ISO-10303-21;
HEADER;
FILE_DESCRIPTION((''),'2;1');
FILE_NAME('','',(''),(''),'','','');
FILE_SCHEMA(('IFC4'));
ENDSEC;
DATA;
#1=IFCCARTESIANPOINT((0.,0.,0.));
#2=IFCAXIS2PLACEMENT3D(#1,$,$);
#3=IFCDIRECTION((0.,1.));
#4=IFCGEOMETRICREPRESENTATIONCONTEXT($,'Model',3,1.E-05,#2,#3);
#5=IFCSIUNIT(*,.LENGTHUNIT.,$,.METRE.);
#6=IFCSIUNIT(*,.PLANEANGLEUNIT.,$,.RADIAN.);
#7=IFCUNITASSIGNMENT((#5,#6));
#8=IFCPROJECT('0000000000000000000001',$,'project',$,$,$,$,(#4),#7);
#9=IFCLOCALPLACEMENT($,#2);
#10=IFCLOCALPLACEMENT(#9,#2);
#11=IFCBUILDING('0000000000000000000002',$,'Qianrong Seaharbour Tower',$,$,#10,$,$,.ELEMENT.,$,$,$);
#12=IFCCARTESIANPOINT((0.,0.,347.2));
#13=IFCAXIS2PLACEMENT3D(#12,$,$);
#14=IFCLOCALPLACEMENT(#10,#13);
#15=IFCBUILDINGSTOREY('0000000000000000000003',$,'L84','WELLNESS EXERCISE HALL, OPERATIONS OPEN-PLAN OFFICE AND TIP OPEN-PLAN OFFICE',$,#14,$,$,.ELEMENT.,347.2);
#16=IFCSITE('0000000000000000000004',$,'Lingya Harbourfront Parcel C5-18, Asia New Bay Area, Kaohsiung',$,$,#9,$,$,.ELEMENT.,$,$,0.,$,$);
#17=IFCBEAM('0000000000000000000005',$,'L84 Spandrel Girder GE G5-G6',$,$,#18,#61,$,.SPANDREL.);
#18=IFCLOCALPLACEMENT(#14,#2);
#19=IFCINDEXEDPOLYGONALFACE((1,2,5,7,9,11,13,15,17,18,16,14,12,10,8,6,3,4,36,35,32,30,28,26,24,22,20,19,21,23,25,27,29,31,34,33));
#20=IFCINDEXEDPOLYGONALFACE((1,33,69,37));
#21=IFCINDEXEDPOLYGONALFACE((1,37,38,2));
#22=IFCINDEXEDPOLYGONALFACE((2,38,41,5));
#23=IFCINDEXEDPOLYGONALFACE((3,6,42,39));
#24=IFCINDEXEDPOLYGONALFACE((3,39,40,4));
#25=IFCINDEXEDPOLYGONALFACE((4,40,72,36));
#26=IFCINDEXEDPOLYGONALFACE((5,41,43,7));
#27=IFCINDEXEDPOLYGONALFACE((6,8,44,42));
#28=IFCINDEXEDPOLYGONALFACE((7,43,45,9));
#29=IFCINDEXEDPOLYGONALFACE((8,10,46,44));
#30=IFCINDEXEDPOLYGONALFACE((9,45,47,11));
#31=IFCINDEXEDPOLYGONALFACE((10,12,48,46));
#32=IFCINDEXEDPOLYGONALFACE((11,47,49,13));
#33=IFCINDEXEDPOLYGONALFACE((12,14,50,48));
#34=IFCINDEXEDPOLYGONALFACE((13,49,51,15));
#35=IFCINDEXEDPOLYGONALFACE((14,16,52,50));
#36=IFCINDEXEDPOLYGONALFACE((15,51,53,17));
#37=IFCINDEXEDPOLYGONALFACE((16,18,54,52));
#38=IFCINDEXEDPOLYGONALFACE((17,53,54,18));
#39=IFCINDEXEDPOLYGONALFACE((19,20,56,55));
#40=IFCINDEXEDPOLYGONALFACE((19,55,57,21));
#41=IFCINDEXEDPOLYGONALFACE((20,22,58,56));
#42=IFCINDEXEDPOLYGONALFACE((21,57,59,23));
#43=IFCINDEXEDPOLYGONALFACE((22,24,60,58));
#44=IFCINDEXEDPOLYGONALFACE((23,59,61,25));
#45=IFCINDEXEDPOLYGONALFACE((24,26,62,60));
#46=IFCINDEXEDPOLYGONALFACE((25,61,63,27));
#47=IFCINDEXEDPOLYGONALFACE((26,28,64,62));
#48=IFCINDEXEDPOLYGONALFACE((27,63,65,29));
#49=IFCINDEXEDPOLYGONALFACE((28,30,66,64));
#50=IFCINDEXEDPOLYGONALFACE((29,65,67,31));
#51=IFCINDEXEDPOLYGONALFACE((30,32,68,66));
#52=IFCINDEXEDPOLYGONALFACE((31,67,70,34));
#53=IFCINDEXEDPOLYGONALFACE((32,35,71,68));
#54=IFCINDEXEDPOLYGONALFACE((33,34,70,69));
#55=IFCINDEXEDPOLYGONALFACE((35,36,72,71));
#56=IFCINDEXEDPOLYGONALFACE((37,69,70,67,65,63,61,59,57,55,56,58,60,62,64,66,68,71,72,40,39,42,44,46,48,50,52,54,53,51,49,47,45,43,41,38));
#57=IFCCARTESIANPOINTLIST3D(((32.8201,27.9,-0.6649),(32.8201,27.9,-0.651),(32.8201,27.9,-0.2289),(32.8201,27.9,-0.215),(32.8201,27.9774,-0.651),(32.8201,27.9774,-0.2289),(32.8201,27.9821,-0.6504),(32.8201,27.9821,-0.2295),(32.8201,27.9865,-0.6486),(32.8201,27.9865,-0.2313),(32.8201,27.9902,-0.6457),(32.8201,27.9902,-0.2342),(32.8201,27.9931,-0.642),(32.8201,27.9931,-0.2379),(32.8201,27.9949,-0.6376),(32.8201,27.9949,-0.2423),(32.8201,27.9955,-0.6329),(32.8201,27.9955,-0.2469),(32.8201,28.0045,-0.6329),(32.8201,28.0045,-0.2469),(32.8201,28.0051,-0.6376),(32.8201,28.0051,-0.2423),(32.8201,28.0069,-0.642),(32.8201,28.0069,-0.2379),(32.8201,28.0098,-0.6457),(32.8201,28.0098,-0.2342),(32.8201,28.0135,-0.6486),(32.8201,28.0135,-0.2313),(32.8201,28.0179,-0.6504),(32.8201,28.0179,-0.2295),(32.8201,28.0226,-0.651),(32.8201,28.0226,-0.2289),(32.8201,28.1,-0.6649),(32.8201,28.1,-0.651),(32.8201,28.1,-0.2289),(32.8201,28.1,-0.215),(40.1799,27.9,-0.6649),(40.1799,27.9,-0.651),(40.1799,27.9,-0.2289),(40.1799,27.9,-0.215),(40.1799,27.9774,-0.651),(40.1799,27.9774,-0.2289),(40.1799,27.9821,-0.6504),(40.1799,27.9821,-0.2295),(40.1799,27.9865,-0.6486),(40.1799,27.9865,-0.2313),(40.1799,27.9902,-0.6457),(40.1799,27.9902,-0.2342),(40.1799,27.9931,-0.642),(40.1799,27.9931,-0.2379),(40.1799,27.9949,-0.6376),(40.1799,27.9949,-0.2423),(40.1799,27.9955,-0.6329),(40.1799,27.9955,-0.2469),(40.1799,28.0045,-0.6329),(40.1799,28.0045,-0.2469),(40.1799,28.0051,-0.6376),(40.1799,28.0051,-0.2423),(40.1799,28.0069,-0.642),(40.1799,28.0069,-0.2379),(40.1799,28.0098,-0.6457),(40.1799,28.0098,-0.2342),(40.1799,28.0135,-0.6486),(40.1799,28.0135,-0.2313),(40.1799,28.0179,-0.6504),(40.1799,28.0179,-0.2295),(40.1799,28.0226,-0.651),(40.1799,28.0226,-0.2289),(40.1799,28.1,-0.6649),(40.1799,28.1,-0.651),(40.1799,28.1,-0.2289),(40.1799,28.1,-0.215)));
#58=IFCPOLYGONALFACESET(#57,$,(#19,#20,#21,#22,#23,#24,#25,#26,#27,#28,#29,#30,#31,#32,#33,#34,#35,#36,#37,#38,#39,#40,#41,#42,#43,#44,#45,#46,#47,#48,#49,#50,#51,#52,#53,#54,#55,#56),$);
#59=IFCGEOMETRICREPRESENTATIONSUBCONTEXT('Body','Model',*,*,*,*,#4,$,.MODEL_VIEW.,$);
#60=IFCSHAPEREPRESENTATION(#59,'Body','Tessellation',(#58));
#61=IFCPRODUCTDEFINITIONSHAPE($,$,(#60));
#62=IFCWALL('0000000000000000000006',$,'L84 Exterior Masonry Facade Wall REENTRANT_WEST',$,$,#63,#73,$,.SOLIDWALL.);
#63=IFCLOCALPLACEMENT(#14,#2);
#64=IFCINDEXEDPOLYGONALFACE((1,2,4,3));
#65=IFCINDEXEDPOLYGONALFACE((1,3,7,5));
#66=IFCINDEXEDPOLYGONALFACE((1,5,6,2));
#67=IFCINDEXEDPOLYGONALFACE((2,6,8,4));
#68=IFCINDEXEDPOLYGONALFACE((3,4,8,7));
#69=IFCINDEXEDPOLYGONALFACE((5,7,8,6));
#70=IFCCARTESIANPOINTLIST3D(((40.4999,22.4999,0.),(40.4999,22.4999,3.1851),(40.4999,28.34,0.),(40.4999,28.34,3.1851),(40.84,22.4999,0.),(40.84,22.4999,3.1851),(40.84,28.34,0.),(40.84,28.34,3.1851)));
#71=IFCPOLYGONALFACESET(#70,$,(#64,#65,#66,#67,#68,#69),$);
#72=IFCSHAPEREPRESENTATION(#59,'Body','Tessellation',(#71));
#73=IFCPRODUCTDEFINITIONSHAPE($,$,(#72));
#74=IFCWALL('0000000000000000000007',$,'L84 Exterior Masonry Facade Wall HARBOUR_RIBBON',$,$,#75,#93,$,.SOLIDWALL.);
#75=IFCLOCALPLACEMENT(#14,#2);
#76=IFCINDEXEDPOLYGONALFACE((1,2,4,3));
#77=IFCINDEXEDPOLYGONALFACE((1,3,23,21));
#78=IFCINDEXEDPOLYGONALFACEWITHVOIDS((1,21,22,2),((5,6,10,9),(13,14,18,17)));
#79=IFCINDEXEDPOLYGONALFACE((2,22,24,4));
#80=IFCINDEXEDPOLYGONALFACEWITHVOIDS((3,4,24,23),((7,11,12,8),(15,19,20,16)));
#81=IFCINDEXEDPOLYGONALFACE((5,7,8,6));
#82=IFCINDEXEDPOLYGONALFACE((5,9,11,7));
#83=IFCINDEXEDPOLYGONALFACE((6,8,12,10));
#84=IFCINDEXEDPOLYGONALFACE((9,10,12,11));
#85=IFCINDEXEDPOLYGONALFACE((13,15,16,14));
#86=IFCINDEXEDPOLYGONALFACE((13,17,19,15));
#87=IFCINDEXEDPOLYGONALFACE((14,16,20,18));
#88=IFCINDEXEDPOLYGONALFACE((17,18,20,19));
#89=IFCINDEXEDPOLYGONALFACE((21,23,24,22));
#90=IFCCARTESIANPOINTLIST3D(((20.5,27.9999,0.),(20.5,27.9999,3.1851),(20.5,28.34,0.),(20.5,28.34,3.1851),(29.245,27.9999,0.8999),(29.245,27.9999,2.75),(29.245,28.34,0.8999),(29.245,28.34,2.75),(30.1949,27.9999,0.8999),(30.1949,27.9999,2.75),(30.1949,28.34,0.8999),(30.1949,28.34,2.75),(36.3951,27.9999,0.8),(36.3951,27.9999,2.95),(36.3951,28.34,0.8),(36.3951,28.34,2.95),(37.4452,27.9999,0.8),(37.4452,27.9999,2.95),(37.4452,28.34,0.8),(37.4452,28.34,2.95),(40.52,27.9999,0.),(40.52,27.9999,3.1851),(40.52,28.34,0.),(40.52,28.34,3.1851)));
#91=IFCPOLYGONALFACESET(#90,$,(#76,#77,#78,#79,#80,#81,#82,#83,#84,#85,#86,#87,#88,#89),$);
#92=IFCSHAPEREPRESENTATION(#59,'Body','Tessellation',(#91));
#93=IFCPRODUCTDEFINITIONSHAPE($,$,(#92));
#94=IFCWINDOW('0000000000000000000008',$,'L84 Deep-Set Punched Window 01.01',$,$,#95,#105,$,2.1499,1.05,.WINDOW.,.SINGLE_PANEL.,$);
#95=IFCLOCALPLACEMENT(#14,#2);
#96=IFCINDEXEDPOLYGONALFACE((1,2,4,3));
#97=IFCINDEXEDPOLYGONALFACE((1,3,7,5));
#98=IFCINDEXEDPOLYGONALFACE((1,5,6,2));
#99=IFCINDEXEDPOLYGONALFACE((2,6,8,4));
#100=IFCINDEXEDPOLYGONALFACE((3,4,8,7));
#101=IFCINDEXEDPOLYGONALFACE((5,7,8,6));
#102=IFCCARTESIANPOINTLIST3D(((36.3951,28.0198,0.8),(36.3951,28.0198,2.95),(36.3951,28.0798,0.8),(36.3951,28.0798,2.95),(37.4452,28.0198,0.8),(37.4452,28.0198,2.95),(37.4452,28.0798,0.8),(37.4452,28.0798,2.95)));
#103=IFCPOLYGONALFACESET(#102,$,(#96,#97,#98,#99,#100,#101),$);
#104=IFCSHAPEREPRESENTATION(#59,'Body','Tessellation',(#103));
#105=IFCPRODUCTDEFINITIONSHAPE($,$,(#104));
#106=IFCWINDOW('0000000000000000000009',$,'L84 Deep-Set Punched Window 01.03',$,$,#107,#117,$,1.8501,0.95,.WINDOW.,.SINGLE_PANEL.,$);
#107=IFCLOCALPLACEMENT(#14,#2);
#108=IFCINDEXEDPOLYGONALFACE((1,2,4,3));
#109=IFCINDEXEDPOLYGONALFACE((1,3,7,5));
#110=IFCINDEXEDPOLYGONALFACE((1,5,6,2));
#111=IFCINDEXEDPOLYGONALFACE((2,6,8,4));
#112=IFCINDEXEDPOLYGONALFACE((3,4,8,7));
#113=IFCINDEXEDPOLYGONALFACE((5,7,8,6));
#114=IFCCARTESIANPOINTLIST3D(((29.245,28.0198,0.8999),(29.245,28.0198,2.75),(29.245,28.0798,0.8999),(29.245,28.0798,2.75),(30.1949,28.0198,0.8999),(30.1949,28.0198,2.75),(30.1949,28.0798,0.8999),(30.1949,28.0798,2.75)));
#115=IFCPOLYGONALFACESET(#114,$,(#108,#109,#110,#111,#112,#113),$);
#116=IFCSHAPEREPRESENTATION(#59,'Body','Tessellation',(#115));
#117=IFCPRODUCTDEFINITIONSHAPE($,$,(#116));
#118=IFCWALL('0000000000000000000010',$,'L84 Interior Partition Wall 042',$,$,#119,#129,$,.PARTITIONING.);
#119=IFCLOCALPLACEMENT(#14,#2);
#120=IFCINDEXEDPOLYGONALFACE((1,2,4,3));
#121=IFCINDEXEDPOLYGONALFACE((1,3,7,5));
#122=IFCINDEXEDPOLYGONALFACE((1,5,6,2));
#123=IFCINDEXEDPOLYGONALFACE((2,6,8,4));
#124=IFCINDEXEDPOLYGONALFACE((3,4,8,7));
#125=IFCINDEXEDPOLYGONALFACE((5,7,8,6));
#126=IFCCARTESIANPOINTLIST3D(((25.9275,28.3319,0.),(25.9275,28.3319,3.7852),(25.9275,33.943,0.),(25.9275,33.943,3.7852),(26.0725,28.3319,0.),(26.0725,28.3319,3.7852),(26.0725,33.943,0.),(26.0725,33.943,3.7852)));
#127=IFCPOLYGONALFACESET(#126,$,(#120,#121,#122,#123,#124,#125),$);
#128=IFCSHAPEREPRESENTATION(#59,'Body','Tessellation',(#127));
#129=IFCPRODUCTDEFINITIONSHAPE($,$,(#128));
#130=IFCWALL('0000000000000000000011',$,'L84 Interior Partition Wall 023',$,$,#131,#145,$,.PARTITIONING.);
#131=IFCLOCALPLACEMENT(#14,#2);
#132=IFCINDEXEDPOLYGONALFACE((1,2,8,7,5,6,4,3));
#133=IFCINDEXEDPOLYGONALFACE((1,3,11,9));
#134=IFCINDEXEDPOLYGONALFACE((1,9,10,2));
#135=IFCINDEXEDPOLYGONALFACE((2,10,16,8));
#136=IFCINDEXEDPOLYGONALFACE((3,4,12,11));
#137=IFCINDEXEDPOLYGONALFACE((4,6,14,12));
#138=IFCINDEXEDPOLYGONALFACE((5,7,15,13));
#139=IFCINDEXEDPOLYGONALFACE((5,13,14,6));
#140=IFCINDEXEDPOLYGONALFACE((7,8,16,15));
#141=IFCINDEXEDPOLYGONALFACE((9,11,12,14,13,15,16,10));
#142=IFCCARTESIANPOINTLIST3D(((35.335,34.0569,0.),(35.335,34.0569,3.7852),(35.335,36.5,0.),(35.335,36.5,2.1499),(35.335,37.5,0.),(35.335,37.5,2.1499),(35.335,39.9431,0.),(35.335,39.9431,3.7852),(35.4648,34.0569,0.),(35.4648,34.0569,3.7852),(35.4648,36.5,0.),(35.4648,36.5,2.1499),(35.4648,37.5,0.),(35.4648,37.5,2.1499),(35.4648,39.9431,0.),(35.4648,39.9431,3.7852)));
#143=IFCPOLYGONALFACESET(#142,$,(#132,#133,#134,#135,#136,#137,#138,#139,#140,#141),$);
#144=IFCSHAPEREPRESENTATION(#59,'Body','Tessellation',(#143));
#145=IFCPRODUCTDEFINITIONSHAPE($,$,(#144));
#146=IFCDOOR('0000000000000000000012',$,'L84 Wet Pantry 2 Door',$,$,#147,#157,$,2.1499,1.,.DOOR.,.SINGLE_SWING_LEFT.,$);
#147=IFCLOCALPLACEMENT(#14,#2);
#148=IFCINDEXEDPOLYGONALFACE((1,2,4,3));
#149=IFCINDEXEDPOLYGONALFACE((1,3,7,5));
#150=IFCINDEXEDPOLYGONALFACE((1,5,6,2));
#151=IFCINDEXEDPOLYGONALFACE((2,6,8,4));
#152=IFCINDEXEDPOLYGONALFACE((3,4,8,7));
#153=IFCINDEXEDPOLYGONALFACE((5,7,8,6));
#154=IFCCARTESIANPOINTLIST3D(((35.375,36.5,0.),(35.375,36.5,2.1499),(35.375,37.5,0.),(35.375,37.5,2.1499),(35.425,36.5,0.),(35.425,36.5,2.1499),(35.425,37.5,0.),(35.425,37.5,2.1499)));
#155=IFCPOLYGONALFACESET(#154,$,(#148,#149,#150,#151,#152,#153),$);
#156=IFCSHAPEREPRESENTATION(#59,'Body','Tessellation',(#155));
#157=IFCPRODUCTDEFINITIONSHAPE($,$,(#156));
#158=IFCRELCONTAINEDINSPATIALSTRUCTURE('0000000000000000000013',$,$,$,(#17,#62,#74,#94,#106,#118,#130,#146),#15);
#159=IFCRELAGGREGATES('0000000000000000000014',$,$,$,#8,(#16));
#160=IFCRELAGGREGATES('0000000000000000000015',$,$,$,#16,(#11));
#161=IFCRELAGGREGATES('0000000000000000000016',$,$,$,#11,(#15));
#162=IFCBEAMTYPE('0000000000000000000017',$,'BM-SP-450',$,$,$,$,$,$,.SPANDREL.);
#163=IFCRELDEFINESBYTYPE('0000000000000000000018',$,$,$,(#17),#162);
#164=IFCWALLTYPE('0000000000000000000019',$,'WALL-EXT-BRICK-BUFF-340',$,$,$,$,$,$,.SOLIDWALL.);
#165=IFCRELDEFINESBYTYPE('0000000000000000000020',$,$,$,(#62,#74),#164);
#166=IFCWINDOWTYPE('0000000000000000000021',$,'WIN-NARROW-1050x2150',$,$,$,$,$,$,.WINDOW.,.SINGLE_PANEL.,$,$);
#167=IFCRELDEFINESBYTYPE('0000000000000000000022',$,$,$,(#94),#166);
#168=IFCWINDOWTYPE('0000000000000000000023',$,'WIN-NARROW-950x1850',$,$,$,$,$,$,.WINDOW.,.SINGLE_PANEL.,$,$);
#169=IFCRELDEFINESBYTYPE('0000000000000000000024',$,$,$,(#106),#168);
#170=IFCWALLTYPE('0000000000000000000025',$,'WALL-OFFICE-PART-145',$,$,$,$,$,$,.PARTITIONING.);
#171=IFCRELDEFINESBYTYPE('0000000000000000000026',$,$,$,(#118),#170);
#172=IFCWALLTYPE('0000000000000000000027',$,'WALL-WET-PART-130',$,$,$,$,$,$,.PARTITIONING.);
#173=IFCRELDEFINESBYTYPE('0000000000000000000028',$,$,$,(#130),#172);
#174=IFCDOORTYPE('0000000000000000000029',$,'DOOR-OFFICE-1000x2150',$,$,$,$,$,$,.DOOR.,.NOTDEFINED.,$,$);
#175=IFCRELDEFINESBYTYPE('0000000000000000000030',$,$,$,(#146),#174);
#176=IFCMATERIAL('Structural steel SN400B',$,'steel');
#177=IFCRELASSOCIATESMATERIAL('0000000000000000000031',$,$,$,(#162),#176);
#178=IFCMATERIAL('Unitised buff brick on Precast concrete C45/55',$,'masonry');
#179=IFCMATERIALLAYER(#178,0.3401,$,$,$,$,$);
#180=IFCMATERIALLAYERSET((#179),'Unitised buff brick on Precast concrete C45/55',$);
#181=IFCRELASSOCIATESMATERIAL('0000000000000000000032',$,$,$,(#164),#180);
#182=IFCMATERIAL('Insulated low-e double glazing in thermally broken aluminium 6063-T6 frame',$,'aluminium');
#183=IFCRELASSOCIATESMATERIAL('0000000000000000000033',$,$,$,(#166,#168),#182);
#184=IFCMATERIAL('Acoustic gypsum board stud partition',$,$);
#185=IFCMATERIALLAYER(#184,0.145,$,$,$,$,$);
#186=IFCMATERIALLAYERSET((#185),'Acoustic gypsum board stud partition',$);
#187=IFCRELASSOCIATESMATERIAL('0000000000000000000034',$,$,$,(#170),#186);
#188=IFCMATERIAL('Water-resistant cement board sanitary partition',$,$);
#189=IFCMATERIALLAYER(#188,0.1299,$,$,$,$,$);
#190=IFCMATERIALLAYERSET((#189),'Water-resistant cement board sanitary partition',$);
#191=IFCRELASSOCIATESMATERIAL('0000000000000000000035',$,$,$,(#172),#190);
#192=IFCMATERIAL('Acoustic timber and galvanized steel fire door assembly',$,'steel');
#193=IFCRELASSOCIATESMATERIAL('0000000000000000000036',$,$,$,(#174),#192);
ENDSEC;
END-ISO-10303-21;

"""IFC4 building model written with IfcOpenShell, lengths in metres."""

from ifc_helpers import new_model, si_unit, direction, frame, frame_2d, origin, origin_2d, place, context, subcontext, project, spatial, rectangle, i_section, extrude, material, layer, layer_set, material_profile, profile_set, type_object, element, fill, save


model = new_model("IFC4")

# Units and contexts
model_context = context("Model", 3, precision=1e-05, world=origin(), true_north=direction((0.0, 1.0)))
body_context = subcontext(model_context, "Body", "Model", "MODEL_VIEW")
ifc_project = project(units=[si_unit("LENGTHUNIT", "METRE"), si_unit("PLANEANGLEUNIT", "RADIAN")], contexts=[model_context])

# Site, building, storey
site_placement = place(None, origin())
site = spatial("IfcSite", under=ifc_project, at=site_placement, Name="Lingya Harbourfront Parcel C5-18, Asia New Bay Area, Kaohsiung", CompositionType="ELEMENT", RefElevation=0.0)
building_placement = place(site_placement, origin())
building = spatial("IfcBuilding", under=site, at=building_placement, Name="Qianrong Seaharbour Tower", CompositionType="ELEMENT")
storey_placement = place(building_placement, frame((0.0, 0.0, 347.2)))
storey = spatial("IfcBuildingStorey", under=building, at=storey_placement, Name="L84", Description="WELLNESS EXERCISE HALL, OPERATIONS OPEN-PLAN OFFICE AND TIP OPEN-PLAN OFFICE", CompositionType="ELEMENT", Elevation=347.2)

# Shared definitions
ifc_material_1 = material(Name="Structural steel SN400B", Category="steel")

# Beam
ifc_material_profile_1 = material_profile(ifc_material_1, i_section(OverallWidth=0.2, OverallDepth=0.45, WebThickness=0.009, FlangeThickness=0.0139, FilletRadius=0.0181, at=origin_2d()), Name="H450x200x9x14")
ifc_profile_set_1 = profile_set([ifc_material_profile_1], Name="Structural steel SN400B")
beam_type_1 = type_object("IfcBeamType", Name="BM-SP-450", PredefinedType="SPANDREL", material=ifc_profile_set_1)
for number, where, z_axis, x_axis, name in (
    (1, (32.8201, 28.0, -0.4399), (1.0, 0.0, 0.0), (0.0, 1.0, 0.0), "L84 Spandrel Girder GE G5-G6"),
):
    element("IfcBeam", number, at=place(storey_placement, frame(where, z_axis=z_axis, x_axis=x_axis)), inside=storey, type_object=beam_type_1, Name=name, PredefinedType="SPANDREL", context=body_context, shape_type="SweptSolid", body=[
        extrude(i_section(OverallWidth=0.2, OverallDepth=0.45, WebThickness=0.009, FlangeThickness=0.0139, FilletRadius=0.0181, at=origin_2d()), origin(), (0.0, 0.0, 1.0), 7.3599),
    ])

# Wall
ifc_material_2 = material(Name="Unitised buff brick on Precast concrete C45/55", Category="masonry")
ifc_layer_1 = layer(ifc_material_2, 0.3401)
ifc_layer_set_1 = layer_set([ifc_layer_1], Name="Unitised buff brick on Precast concrete C45/55")
wall_type_1 = type_object("IfcWallType", Name="WALL-EXT-BRICK-BUFF-340", PredefinedType="SOLIDWALL", material=ifc_layer_set_1)
wall_1_placement = place(storey_placement, frame((40.6699, 22.5, 0.0), z_axis=(0.0, 0.0, 1.0), x_axis=(0.0, 1.0, 0.0)))
element("IfcWall", 2, at=wall_1_placement, inside=storey, type_object=wall_type_1, Name="L84 Exterior Masonry Facade Wall REENTRANT_WEST", PredefinedType="SOLIDWALL", context=body_context, shape_type="SweptSolid", body=[
    extrude(rectangle(XDim=5.8401, YDim=0.3401, at=frame_2d((2.9199, 0.0))), origin(), (0.0, 0.0, 1.0), 3.1851),
])

# Wall, openings, windows
wall_2_placement = place(storey_placement, frame((40.52, 28.1699, 0.0), z_axis=(0.0, 0.0, 1.0), x_axis=(-1.0, 0.0, 0.0)))
wall_2 = element("IfcWall", 3, at=wall_2_placement, inside=storey, type_object=wall_type_1, Name="L84 Exterior Masonry Facade Wall HARBOUR_RIBBON", PredefinedType="SOLIDWALL", context=body_context, shape_type="SweptSolid", body=[
    extrude(rectangle(XDim=20.02, YDim=0.3401, at=frame_2d((10.01, 0.0))), origin(), (0.0, 0.0, 1.0), 3.1851),
])
opening_1_placement = place(wall_2_placement, frame((3.075, 0.0, 0.8)))
opening_1 = element("IfcOpeningElement", 4, at=opening_1_placement, cuts=wall_2, PredefinedType="OPENING", context=body_context, shape_type="SweptSolid", body=[
    extrude(rectangle(XDim=1.05, YDim=2.1499, at=frame_2d((0.5249, 1.075))), frame((0.0, 0.1802, 0.0), z_axis=(0.0, -1.0, 0.0), x_axis=(1.0, 0.0, 0.0)), (0.0, 0.0, 1.0), 0.3601),
])
opening_2_placement = place(wall_2_placement, frame((10.325, 0.0, 0.8999)))
opening_2 = element("IfcOpeningElement", 5, at=opening_2_placement, cuts=wall_2, PredefinedType="OPENING", context=body_context, shape_type="SweptSolid", body=[
    extrude(rectangle(XDim=0.95, YDim=1.8501, at=frame_2d((0.4751, 0.925))), frame((0.0, 0.1802, 0.0), z_axis=(0.0, -1.0, 0.0), x_axis=(1.0, 0.0, 0.0)), (0.0, 0.0, 1.0), 0.3601),
])
ifc_material_3 = material(Name="Insulated low-e double glazing in thermally broken aluminium 6063-T6 frame", Category="aluminium")
window_type_1 = type_object("IfcWindowType", Name="WIN-NARROW-1050x2150", PartitioningType="SINGLE_PANEL", PredefinedType="WINDOW", material=ifc_material_3)
window_1_placement = place(opening_1_placement, origin())
window_1 = element("IfcWindow", 6, at=window_1_placement, inside=storey, type_object=window_type_1, Name="L84 Deep-Set Punched Window 01.01", OverallHeight=2.1499, OverallWidth=1.05, PartitioningType="SINGLE_PANEL", PredefinedType="WINDOW", context=body_context, shape_type="SweptSolid", body=[
    extrude(rectangle(XDim=1.05, YDim=2.1499, at=frame_2d((0.5249, 1.075))), frame((0.0, 0.1501, 0.0), z_axis=(0.0, -1.0, 0.0), x_axis=(1.0, 0.0, 0.0)), (0.0, 0.0, 1.0), 0.0601),
])
fill(opening_1, window_1)
window_type_2 = type_object("IfcWindowType", Name="WIN-NARROW-950x1850", PartitioningType="SINGLE_PANEL", PredefinedType="WINDOW", material=ifc_material_3)
window_2_placement = place(opening_2_placement, origin())
window_2 = element("IfcWindow", 7, at=window_2_placement, inside=storey, type_object=window_type_2, Name="L84 Deep-Set Punched Window 01.03", OverallHeight=1.8501, OverallWidth=0.95, PartitioningType="SINGLE_PANEL", PredefinedType="WINDOW", context=body_context, shape_type="SweptSolid", body=[
    extrude(rectangle(XDim=0.95, YDim=1.8501, at=frame_2d((0.4751, 0.925))), frame((0.0, 0.1501, 0.0), z_axis=(0.0, -1.0, 0.0), x_axis=(1.0, 0.0, 0.0)), (0.0, 0.0, 1.0), 0.0601),
])
fill(opening_2, window_2)

# Wall
ifc_material_4 = material(Name="Acoustic gypsum board stud partition")
ifc_layer_2 = layer(ifc_material_4, 0.145)
ifc_layer_set_2 = layer_set([ifc_layer_2], Name="Acoustic gypsum board stud partition")
wall_type_2 = type_object("IfcWallType", Name="WALL-OFFICE-PART-145", PredefinedType="PARTITIONING", material=ifc_layer_set_2)
wall_3_placement = place(storey_placement, frame((26.0, 33.9431, 0.0), z_axis=(0.0, 0.0, 1.0), x_axis=(0.0, -1.0, 0.0)))
element("IfcWall", 8, at=wall_3_placement, inside=storey, type_object=wall_type_2, Name="L84 Interior Partition Wall 042", PredefinedType="PARTITIONING", context=body_context, shape_type="SweptSolid", body=[
    extrude(rectangle(XDim=5.6111, YDim=0.145, at=frame_2d((2.8057, 0.0))), origin(), (0.0, 0.0, 1.0), 3.7852),
])

# Wall, opening, door
ifc_material_5 = material(Name="Water-resistant cement board sanitary partition")
ifc_layer_3 = layer(ifc_material_5, 0.1299)
ifc_layer_set_3 = layer_set([ifc_layer_3], Name="Water-resistant cement board sanitary partition")
wall_type_3 = type_object("IfcWallType", Name="WALL-WET-PART-130", PredefinedType="PARTITIONING", material=ifc_layer_set_3)
wall_4_placement = place(storey_placement, frame((35.3999, 34.0569, 0.0), z_axis=(0.0, 0.0, 1.0), x_axis=(0.0, 1.0, 0.0)))
wall_4 = element("IfcWall", 9, at=wall_4_placement, inside=storey, type_object=wall_type_3, Name="L84 Interior Partition Wall 023", PredefinedType="PARTITIONING", context=body_context, shape_type="SweptSolid", body=[
    extrude(rectangle(XDim=5.8862, YDim=0.1299, at=frame_2d((2.9431, 0.0))), origin(), (0.0, 0.0, 1.0), 3.7852),
])
opening_3_placement = place(wall_4_placement, frame((2.4431, 0.0, 0.0)))
opening_3 = element("IfcOpeningElement", 10, at=opening_3_placement, cuts=wall_4, PredefinedType="OPENING", context=body_context, shape_type="SweptSolid", body=[
    extrude(rectangle(XDim=1.0, YDim=2.1499, at=frame_2d((0.5, 1.075))), frame((0.0, 0.075, 0.0), z_axis=(0.0, -1.0, 0.0), x_axis=(1.0, 0.0, 0.0)), (0.0, 0.0, 1.0), 0.1499),
])
ifc_material_6 = material(Name="Acoustic timber and galvanized steel fire door assembly", Category="steel")
door_type = type_object("IfcDoorType", Name="DOOR-OFFICE-1000x2150", OperationType="NOTDEFINED", PredefinedType="DOOR", material=ifc_material_6)
door_1_placement = place(opening_3_placement, origin())
door_1 = element("IfcDoor", 11, at=door_1_placement, inside=storey, type_object=door_type, Name="L84 Wet Pantry 2 Door", OperationType="SINGLE_SWING_LEFT", OverallHeight=2.1499, OverallWidth=1.0, PredefinedType="DOOR", context=body_context, shape_type="SweptSolid", body=[
    extrude(rectangle(XDim=1.0, YDim=2.1499, at=frame_2d((0.5, 1.075))), frame((0.0, 0.0249, 0.0), z_axis=(0.0, -1.0, 0.0), x_axis=(1.0, 0.0, 0.0)), (0.0, 0.0, 1.0), 0.05),
])
fill(opening_3, door_1)

save(model, "model.ifc")
